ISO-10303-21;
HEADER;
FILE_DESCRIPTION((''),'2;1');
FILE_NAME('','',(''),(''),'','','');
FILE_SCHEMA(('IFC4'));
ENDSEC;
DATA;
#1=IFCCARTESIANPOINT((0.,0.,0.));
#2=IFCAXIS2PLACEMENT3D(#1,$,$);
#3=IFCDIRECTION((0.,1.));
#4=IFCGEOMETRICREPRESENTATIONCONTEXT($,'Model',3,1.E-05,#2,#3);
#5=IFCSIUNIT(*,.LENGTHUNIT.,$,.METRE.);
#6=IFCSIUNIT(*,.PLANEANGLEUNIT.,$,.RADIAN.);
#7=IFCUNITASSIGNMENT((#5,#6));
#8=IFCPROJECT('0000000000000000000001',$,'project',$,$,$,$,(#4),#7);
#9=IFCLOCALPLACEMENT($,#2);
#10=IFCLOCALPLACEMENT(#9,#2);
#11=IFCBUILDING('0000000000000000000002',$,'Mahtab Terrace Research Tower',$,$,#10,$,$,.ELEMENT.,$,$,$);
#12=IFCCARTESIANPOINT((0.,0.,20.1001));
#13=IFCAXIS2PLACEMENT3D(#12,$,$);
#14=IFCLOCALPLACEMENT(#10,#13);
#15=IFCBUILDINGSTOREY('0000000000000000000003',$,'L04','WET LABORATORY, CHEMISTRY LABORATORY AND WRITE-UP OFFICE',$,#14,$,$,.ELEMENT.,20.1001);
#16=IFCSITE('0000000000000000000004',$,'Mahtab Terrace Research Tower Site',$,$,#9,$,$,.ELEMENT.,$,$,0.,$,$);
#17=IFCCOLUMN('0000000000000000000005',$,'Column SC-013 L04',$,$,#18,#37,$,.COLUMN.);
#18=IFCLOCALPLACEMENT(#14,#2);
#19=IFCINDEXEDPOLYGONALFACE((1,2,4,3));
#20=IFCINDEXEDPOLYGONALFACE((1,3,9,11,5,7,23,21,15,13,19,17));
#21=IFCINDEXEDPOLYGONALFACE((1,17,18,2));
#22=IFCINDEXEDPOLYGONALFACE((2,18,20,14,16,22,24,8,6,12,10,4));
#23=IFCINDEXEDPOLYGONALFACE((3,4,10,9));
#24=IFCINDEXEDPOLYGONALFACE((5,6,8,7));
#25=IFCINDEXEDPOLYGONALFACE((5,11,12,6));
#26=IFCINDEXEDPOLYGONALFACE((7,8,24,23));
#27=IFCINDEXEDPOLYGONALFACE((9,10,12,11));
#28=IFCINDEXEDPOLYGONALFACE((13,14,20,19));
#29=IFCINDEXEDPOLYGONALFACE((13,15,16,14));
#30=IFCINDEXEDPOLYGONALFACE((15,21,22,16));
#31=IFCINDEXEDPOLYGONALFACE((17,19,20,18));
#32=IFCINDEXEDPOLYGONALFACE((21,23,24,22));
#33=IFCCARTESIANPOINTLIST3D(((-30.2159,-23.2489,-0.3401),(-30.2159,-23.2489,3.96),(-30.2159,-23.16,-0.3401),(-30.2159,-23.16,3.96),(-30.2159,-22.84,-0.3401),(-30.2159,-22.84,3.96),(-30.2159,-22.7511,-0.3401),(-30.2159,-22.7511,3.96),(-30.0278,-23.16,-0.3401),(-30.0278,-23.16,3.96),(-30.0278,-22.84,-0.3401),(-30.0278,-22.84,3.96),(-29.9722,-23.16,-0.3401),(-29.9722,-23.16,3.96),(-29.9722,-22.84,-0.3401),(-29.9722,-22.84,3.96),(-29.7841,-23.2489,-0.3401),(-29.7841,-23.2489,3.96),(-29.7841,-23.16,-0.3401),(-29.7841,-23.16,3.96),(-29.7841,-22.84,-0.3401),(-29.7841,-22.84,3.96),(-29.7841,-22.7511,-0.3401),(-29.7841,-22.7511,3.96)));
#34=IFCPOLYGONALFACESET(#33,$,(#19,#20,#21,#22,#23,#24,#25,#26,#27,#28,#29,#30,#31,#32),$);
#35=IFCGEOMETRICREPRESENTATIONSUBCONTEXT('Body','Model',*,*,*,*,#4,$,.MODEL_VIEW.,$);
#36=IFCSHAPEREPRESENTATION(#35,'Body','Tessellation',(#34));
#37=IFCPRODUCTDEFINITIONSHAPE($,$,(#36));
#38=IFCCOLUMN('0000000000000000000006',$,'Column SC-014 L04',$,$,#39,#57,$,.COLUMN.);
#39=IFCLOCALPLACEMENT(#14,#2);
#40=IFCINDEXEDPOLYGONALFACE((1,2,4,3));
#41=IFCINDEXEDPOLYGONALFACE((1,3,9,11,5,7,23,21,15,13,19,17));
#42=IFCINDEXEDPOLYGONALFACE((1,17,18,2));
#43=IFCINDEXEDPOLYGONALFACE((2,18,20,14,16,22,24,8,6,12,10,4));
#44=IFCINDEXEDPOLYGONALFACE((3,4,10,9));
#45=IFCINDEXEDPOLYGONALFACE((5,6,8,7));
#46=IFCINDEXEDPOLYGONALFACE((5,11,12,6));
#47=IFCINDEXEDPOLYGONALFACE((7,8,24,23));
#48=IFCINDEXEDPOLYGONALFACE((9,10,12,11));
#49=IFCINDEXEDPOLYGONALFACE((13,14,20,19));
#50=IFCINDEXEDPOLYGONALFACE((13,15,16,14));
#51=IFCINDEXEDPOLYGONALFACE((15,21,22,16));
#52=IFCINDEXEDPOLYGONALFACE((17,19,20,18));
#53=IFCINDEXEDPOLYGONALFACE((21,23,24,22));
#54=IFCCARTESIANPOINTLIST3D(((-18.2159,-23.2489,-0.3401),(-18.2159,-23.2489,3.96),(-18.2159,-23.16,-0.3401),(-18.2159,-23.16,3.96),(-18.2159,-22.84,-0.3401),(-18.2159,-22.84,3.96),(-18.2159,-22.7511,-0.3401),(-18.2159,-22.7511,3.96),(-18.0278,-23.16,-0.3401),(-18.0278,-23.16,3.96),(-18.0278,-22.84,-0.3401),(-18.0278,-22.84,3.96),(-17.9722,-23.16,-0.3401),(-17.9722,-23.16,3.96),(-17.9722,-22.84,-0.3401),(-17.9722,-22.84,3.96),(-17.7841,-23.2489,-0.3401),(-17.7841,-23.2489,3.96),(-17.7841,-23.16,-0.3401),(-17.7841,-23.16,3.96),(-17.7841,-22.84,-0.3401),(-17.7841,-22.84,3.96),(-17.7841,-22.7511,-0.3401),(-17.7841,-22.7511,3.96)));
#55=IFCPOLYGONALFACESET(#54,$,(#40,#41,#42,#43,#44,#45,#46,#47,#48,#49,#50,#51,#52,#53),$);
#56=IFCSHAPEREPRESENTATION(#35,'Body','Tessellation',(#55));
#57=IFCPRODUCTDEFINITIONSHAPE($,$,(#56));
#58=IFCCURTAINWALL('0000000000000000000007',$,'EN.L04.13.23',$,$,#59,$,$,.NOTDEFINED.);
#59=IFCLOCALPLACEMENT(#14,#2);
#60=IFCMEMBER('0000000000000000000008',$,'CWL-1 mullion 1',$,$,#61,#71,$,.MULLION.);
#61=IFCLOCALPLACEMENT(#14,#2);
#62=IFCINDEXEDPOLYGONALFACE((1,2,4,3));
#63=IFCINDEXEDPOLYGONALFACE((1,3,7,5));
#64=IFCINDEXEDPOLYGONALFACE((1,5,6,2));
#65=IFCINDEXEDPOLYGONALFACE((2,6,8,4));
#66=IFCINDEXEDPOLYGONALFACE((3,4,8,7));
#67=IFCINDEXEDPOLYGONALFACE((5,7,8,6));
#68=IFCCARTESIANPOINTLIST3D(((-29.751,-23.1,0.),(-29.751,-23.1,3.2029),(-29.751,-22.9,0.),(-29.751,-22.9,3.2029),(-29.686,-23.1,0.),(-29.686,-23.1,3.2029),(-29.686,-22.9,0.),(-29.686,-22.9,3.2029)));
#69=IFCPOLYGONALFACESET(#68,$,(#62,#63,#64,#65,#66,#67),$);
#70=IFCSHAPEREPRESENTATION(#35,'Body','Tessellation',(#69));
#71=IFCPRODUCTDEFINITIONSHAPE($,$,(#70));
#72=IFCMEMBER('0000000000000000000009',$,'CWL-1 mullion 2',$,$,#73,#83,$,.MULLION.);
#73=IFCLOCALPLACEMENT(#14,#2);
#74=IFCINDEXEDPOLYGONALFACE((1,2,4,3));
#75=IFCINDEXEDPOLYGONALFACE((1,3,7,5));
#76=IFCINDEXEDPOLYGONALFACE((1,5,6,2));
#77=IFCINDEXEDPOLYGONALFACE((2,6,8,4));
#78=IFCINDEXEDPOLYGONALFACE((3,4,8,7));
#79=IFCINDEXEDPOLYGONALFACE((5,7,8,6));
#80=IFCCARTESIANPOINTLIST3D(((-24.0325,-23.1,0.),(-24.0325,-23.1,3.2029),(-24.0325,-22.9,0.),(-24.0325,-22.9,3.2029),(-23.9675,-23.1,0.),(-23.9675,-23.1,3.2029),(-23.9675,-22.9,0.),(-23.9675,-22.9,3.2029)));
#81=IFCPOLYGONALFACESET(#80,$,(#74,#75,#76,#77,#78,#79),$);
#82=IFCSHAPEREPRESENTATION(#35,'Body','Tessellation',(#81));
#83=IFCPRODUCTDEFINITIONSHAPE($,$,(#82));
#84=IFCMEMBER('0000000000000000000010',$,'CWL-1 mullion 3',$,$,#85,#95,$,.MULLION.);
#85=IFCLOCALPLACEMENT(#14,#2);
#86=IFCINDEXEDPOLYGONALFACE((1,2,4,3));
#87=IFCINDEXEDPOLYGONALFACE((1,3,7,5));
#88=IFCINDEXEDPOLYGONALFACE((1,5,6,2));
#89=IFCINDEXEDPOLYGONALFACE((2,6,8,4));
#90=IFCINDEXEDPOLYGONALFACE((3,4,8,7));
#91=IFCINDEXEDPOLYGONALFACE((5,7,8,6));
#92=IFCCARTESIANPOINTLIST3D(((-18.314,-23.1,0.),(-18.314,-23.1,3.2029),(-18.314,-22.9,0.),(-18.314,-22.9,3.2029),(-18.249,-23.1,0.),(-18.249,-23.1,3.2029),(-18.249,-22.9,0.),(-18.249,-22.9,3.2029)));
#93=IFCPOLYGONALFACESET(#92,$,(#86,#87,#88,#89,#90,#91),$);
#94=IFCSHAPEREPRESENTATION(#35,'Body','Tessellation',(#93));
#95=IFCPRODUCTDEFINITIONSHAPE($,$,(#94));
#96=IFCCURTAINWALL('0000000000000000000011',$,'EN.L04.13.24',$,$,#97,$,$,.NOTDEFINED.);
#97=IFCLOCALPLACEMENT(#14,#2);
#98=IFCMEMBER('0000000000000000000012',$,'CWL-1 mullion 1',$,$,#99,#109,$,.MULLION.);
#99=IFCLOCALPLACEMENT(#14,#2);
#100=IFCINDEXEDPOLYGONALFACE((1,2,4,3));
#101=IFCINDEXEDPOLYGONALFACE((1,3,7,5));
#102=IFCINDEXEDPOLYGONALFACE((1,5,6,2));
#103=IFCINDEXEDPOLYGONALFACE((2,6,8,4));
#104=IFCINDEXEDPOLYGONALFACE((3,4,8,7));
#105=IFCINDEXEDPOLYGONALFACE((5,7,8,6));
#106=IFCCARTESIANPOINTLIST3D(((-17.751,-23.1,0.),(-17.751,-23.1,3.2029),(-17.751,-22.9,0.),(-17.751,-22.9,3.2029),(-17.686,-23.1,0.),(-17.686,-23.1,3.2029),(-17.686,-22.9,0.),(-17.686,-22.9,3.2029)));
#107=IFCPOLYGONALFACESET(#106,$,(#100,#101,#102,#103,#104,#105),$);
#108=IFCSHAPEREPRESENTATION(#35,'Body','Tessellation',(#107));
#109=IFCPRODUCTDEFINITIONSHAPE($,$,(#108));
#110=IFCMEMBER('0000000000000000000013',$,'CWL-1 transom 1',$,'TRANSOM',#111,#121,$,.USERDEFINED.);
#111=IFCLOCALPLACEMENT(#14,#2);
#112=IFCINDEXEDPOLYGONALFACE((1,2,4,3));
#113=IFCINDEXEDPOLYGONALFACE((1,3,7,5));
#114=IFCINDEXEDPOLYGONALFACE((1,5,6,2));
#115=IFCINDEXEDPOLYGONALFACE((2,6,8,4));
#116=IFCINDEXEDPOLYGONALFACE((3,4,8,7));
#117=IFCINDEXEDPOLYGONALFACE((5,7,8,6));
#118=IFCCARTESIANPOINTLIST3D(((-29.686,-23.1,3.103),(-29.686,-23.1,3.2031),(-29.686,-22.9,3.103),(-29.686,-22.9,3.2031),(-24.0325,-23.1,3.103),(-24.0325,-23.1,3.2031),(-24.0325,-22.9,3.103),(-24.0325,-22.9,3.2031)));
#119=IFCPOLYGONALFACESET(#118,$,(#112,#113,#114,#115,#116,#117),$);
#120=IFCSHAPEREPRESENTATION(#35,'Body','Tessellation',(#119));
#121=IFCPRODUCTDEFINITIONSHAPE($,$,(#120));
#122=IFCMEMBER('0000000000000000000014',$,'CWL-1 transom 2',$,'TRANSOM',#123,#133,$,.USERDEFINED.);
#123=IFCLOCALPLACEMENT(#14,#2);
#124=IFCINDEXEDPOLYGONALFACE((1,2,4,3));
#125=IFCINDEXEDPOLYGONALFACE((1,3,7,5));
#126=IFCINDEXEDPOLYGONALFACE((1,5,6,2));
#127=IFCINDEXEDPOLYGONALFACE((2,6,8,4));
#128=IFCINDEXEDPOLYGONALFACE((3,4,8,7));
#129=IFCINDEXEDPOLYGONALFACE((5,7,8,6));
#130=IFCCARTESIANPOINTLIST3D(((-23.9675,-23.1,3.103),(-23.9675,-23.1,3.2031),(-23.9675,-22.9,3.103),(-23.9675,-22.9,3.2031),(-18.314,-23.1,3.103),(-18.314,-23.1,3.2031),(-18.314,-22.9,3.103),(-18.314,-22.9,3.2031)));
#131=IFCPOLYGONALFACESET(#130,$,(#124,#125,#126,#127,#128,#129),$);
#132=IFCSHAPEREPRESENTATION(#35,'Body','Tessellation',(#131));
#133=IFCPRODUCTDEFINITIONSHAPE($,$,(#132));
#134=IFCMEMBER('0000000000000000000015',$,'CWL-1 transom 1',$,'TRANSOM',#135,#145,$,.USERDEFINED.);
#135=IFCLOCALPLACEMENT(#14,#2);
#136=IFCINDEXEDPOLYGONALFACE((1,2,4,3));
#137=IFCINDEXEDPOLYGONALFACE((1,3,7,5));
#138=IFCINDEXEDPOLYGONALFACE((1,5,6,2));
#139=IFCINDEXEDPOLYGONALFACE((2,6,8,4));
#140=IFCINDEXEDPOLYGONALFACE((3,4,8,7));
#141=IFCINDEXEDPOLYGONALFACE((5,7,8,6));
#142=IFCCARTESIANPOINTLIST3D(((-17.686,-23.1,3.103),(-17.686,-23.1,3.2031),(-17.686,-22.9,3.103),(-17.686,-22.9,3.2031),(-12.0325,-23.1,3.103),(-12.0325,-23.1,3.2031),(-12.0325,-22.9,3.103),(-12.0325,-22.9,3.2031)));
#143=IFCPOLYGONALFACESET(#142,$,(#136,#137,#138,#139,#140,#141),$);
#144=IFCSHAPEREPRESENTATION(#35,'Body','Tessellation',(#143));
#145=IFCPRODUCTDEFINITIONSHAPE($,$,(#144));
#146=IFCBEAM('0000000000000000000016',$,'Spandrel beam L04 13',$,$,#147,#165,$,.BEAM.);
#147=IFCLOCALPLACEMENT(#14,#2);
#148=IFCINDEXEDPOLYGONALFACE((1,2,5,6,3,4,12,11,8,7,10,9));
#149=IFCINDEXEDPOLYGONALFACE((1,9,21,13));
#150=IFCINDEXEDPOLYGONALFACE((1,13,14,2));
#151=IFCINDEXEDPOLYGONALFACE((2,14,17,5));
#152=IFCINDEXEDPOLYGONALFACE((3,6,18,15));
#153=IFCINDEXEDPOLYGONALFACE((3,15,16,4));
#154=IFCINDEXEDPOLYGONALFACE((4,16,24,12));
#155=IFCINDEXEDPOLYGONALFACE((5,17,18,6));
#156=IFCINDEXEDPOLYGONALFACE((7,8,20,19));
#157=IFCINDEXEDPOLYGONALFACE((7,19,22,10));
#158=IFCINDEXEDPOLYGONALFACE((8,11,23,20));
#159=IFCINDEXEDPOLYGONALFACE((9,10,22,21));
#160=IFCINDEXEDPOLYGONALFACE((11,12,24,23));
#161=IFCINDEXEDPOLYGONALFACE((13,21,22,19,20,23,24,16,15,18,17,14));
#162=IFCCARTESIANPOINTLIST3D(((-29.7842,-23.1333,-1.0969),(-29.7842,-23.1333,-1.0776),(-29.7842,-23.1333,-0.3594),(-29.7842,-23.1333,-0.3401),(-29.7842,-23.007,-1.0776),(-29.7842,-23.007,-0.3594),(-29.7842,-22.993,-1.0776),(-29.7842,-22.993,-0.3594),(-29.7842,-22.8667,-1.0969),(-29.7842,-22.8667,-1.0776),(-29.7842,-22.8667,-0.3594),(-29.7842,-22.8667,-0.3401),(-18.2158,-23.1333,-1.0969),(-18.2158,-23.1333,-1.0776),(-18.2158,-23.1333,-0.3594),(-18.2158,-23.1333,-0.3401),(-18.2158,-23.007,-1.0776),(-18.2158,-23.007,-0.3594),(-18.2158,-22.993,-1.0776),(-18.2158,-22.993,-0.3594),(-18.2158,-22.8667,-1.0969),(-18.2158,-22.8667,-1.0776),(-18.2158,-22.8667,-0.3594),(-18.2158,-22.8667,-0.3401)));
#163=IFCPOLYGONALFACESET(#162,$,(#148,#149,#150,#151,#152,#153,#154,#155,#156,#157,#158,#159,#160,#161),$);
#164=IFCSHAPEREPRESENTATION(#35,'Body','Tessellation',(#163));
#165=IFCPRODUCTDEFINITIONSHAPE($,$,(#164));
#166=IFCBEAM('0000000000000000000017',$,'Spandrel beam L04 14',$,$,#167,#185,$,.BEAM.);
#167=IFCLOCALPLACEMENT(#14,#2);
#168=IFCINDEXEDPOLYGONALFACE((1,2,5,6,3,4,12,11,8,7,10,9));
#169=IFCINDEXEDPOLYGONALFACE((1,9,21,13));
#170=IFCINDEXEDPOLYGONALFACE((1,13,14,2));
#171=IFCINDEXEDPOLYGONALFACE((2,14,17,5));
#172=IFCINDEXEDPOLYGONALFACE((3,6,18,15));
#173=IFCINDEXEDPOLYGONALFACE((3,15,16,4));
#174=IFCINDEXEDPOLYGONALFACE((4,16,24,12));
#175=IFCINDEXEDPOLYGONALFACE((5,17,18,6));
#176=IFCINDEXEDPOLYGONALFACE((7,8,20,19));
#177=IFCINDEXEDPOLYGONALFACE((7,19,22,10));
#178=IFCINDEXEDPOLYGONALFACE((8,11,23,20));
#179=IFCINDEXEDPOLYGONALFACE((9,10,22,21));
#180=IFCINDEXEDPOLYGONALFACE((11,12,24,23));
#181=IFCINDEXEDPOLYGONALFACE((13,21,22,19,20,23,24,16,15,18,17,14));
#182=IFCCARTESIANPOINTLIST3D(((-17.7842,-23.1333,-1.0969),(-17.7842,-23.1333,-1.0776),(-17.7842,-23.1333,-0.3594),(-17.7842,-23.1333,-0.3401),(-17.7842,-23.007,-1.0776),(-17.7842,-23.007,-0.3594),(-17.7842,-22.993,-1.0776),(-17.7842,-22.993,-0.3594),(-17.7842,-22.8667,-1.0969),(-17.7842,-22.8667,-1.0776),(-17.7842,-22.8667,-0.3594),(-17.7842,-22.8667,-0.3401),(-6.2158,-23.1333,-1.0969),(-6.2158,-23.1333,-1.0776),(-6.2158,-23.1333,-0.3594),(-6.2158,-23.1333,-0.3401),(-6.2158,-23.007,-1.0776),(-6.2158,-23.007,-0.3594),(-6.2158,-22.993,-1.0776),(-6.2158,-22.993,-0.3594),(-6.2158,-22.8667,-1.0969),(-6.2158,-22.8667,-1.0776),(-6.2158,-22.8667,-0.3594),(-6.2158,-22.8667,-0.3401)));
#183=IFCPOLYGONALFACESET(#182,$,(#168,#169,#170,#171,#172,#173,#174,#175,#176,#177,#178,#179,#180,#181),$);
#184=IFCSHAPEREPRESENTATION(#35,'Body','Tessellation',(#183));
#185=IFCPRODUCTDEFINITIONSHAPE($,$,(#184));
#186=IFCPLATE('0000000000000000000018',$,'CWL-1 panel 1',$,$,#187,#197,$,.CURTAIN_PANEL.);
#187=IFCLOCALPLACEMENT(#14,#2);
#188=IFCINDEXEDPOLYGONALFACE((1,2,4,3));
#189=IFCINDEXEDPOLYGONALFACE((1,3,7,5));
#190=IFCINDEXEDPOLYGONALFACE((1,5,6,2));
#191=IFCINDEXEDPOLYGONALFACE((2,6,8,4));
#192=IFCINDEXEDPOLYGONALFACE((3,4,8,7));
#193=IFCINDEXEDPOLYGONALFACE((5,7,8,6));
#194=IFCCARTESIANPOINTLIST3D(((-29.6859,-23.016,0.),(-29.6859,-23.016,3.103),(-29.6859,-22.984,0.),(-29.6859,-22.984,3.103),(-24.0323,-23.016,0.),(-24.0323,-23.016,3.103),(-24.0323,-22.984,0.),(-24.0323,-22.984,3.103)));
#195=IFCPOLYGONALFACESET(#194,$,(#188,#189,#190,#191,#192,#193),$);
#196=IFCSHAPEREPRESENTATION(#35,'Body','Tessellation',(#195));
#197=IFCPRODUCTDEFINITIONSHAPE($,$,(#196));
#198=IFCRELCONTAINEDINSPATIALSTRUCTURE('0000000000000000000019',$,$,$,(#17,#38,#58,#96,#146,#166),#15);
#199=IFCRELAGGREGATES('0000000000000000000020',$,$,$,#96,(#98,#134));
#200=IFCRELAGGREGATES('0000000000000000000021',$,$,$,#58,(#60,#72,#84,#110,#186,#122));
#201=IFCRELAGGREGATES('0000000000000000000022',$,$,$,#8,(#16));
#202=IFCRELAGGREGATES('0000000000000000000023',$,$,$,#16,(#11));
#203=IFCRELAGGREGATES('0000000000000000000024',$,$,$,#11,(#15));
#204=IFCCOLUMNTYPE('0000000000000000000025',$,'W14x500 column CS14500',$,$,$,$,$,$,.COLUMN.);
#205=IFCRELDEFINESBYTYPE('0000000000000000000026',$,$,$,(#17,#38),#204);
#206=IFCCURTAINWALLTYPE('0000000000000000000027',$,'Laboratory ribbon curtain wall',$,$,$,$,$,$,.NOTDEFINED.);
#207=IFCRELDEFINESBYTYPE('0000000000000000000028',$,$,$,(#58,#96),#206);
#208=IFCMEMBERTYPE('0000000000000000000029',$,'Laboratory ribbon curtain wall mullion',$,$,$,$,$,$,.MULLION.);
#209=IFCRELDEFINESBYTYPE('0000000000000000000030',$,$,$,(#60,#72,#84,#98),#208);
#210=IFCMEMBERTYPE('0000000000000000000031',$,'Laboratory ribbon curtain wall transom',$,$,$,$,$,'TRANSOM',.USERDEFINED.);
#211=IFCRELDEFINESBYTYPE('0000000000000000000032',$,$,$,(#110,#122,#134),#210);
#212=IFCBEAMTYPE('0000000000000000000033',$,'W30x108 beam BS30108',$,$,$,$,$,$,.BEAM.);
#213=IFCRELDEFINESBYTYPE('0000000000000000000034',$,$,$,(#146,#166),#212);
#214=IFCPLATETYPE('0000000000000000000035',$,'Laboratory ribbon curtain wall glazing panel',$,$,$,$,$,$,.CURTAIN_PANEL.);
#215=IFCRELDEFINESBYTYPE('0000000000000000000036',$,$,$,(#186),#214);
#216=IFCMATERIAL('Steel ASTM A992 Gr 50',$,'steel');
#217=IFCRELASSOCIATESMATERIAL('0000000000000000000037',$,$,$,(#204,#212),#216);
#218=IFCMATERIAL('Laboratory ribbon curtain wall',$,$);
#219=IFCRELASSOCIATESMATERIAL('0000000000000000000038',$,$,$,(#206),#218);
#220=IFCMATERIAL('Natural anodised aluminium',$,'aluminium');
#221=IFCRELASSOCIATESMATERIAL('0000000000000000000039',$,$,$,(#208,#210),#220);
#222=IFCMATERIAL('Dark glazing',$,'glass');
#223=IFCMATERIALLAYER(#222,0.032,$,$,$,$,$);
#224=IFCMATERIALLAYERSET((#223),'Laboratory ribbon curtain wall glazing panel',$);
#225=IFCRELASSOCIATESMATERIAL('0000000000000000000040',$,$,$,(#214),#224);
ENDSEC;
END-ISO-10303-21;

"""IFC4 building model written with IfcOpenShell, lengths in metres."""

from ifc_helpers import new_model, si_unit, direction, frame, origin, origin_2d, place, context, subcontext, project, spatial, rectangle, i_section, extrude, material, layer, layer_set, material_profile, profile_set, type_object, element, aggregate, save


model = new_model("IFC4")

# Units and contexts
model_context = context("Model", 3, precision=1e-05, world=origin(), true_north=direction((0.0, 1.0)))
body_context = subcontext(model_context, "Body", "Model", "MODEL_VIEW")
ifc_project = project(units=[si_unit("LENGTHUNIT", "METRE"), si_unit("PLANEANGLEUNIT", "RADIAN")], contexts=[model_context])

# Site, building, storey
site_placement = place(None, origin())
site = spatial("IfcSite", under=ifc_project, at=site_placement, Name="Mahtab Terrace Research Tower Site", CompositionType="ELEMENT", RefElevation=0.0)
building_placement = place(site_placement, origin())
building = spatial("IfcBuilding", under=site, at=building_placement, Name="Mahtab Terrace Research Tower", CompositionType="ELEMENT")
storey_placement = place(building_placement, frame((0.0, 0.0, 20.1001)))
storey = spatial("IfcBuildingStorey", under=building, at=storey_placement, Name="L04", Description="WET LABORATORY, CHEMISTRY LABORATORY AND WRITE-UP OFFICE", CompositionType="ELEMENT", Elevation=20.1001)

# Columns
ifc_material_1 = material(Name="Steel ASTM A992 Gr 50", Category="steel")
ifc_material_profile_1 = material_profile(ifc_material_1, i_section(OverallWidth=0.4319, OverallDepth=0.4978, WebThickness=0.0557, FlangeThickness=0.0889, at=origin_2d()), Name="W14X500")
ifc_profile_set_1 = profile_set([ifc_material_profile_1], Name="Steel ASTM A992 Gr 50")
column_type = type_object("IfcColumnType", Name="W14x500 column CS14500", PredefinedType="COLUMN", material=ifc_profile_set_1)
for number, where, z_axis, x_axis, name in (
    (1, (-30.0, -23.0, -0.3401), (0.0, 0.0, 1.0), (1.0, 0.0, 0.0), "Column SC-013 L04"),
    (2, (-18.0, -23.0, -0.3401), (0.0, 0.0, 1.0), (1.0, 0.0, 0.0), "Column SC-014 L04"),
):
    element("IfcColumn", number, at=place(storey_placement, frame(where, z_axis=z_axis, x_axis=x_axis)), inside=storey, type_object=column_type, Name=name, PredefinedType="COLUMN", context=body_context, shape_type="SweptSolid", body=[
        extrude(i_section(OverallWidth=0.4319, OverallDepth=0.4978, WebThickness=0.0557, FlangeThickness=0.0889, at=origin_2d()), origin(), (0.0, 0.0, 1.0), 4.3),
    ])

# Curtain wall, members
ifc_material_2 = material(Name="Laboratory ribbon curtain wall")
curtain_wall_type = type_object("IfcCurtainWallType", Name="Laboratory ribbon curtain wall", PredefinedType="NOTDEFINED", material=ifc_material_2)
curtain_wall_1_placement = place(storey_placement, origin())
curtain_wall_1 = element("IfcCurtainWall", 3, at=curtain_wall_1_placement, inside=storey, type_object=curtain_wall_type, Name="EN.L04.13.23", PredefinedType="NOTDEFINED")
ifc_material_3 = material(Name="Natural anodised aluminium", Category="aluminium")
ifc_material_profile_2 = material_profile(ifc_material_3, rectangle(XDim=0.2, YDim=0.0649, at=origin_2d()), Name="MULLION 65x200")
ifc_profile_set_2 = profile_set([ifc_material_profile_2], Name="Natural anodised aluminium")
member_type_1 = type_object("IfcMemberType", Name="Laboratory ribbon curtain wall mullion", PredefinedType="MULLION", material=ifc_profile_set_2)
member_1_placement = place(storey_placement, frame((-29.7185, -23.0, 0.0), z_axis=(0.0, 0.0, 1.0), x_axis=(0.0, 1.0, 0.0)))
member_1 = element("IfcMember", 4, at=member_1_placement, type_object=member_type_1, Name="CWL-1 mullion 1", PredefinedType="MULLION", context=body_context, shape_type="SweptSolid", body=[
    extrude(rectangle(XDim=0.2, YDim=0.0649, at=origin_2d()), origin(), (0.0, 0.0, 1.0), 3.2029),
])
member_2_placement = place(storey_placement, frame((-24.0, -23.0, 0.0), z_axis=(0.0, 0.0, 1.0), x_axis=(0.0, 1.0, 0.0)))
member_2 = element("IfcMember", 5, at=member_2_placement, type_object=member_type_1, Name="CWL-1 mullion 2", PredefinedType="MULLION", context=body_context, shape_type="SweptSolid", body=[
    extrude(rectangle(XDim=0.2, YDim=0.0649, at=origin_2d()), origin(), (0.0, 0.0, 1.0), 3.2029),
])
member_3_placement = place(storey_placement, frame((-18.2815, -23.0, 0.0), z_axis=(0.0, 0.0, 1.0), x_axis=(0.0, 1.0, 0.0)))
member_3 = element("IfcMember", 6, at=member_3_placement, type_object=member_type_1, Name="CWL-1 mullion 3", PredefinedType="MULLION", context=body_context, shape_type="SweptSolid", body=[
    extrude(rectangle(XDim=0.2, YDim=0.0649, at=origin_2d()), origin(), (0.0, 0.0, 1.0), 3.2029),
])

# Curtain wall, member
curtain_wall_2_placement = place(storey_placement, origin())
curtain_wall_2 = element("IfcCurtainWall", 7, at=curtain_wall_2_placement, inside=storey, type_object=curtain_wall_type, Name="EN.L04.13.24", PredefinedType="NOTDEFINED")
member_4_placement = place(storey_placement, frame((-17.7185, -23.0, 0.0), z_axis=(0.0, 0.0, 1.0), x_axis=(0.0, 1.0, 0.0)))
member_4 = element("IfcMember", 8, at=member_4_placement, type_object=member_type_1, Name="CWL-1 mullion 1", PredefinedType="MULLION", context=body_context, shape_type="SweptSolid", body=[
    extrude(rectangle(XDim=0.2, YDim=0.0649, at=origin_2d()), origin(), (0.0, 0.0, 1.0), 3.2029),
])

# Members
ifc_material_profile_3 = material_profile(ifc_material_3, rectangle(XDim=0.2, YDim=0.1001, at=origin_2d()), Name="TRANSOM 100x200")
ifc_profile_set_3 = profile_set([ifc_material_profile_3], Name="Natural anodised aluminium")
member_type_2 = type_object("IfcMemberType", Name="Laboratory ribbon curtain wall transom", ElementType="TRANSOM", PredefinedType="USERDEFINED", material=ifc_profile_set_3)
member_5_placement = place(storey_placement, frame((-29.686, -23.0, 3.1531), z_axis=(1.0, 0.0, 0.0), x_axis=(0.0, 1.0, 0.0)))
member_5 = element("IfcMember", 9, at=member_5_placement, type_object=member_type_2, Name="CWL-1 transom 1", ObjectType="TRANSOM", PredefinedType="USERDEFINED", context=body_context, shape_type="SweptSolid", body=[
    extrude(rectangle(XDim=0.2, YDim=0.1001, at=origin_2d()), origin(), (0.0, 0.0, 1.0), 5.6536),
])
member_6_placement = place(storey_placement, frame((-23.9675, -23.0, 3.1531), z_axis=(1.0, 0.0, 0.0), x_axis=(0.0, 1.0, 0.0)))
member_6 = element("IfcMember", 10, at=member_6_placement, type_object=member_type_2, Name="CWL-1 transom 2", ObjectType="TRANSOM", PredefinedType="USERDEFINED", context=body_context, shape_type="SweptSolid", body=[
    extrude(rectangle(XDim=0.2, YDim=0.1001, at=origin_2d()), origin(), (0.0, 0.0, 1.0), 5.6536),
])
member_7_placement = place(storey_placement, frame((-17.686, -23.0, 3.1531), z_axis=(1.0, 0.0, 0.0), x_axis=(0.0, 1.0, 0.0)))
member_7 = element("IfcMember", 11, at=member_7_placement, type_object=member_type_2, Name="CWL-1 transom 1", ObjectType="TRANSOM", PredefinedType="USERDEFINED", context=body_context, shape_type="SweptSolid", body=[
    extrude(rectangle(XDim=0.2, YDim=0.1001, at=origin_2d()), origin(), (0.0, 0.0, 1.0), 5.6536),
])
aggregate(curtain_wall_2, [member_4, member_7])

# Beams
ifc_material_profile_4 = material_profile(ifc_material_1, i_section(OverallWidth=0.2666, OverallDepth=0.7568, WebThickness=0.0139, FlangeThickness=0.0193, at=origin_2d()), Name="W30X108")
ifc_profile_set_4 = profile_set([ifc_material_profile_4], Name="Steel ASTM A992 Gr 50")
beam_type = type_object("IfcBeamType", Name="W30x108 beam BS30108", PredefinedType="BEAM", material=ifc_profile_set_4)
for number, where, z_axis, x_axis, name in (
    (12, (-29.7842, -23.0, -0.7185), (1.0, 0.0, 0.0), (0.0, 1.0, 0.0), "Spandrel beam L04 13"),
    (13, (-17.7842, -23.0, -0.7185), (1.0, 0.0, 0.0), (0.0, 1.0, 0.0), "Spandrel beam L04 14"),
):
    element("IfcBeam", number, at=place(storey_placement, frame(where, z_axis=z_axis, x_axis=x_axis)), inside=storey, type_object=beam_type, Name=name, PredefinedType="BEAM", context=body_context, shape_type="SweptSolid", body=[
        extrude(i_section(OverallWidth=0.2666, OverallDepth=0.7568, WebThickness=0.0139, FlangeThickness=0.0193, at=origin_2d()), origin(), (0.0, 0.0, 1.0), 11.5684),
    ])

# Plate
ifc_material_4 = material(Name="Dark glazing", Category="glass")
ifc_layer_1 = layer(ifc_material_4, 0.032)
ifc_layer_set_1 = layer_set([ifc_layer_1], Name="Laboratory ribbon curtain wall glazing panel")
plate_type = type_object("IfcPlateType", Name="Laboratory ribbon curtain wall glazing panel", PredefinedType="CURTAIN_PANEL", material=ifc_layer_set_1)
plate_1_placement = place(storey_placement, frame((-26.8591, -23.0, 0.0), z_axis=(0.0, 0.0, 1.0), x_axis=(1.0, 0.0, 0.0)))
plate_1 = element("IfcPlate", 14, at=plate_1_placement, type_object=plate_type, Name="CWL-1 panel 1", PredefinedType="CURTAIN_PANEL", context=body_context, shape_type="SweptSolid", body=[
    extrude(rectangle(XDim=5.6536, YDim=0.032, at=origin_2d()), origin(), (0.0, 0.0, 1.0), 3.103),
])
aggregate(curtain_wall_1, [member_1, member_2, member_3, member_5, plate_1, member_6])

save(model, "model.ifc")
